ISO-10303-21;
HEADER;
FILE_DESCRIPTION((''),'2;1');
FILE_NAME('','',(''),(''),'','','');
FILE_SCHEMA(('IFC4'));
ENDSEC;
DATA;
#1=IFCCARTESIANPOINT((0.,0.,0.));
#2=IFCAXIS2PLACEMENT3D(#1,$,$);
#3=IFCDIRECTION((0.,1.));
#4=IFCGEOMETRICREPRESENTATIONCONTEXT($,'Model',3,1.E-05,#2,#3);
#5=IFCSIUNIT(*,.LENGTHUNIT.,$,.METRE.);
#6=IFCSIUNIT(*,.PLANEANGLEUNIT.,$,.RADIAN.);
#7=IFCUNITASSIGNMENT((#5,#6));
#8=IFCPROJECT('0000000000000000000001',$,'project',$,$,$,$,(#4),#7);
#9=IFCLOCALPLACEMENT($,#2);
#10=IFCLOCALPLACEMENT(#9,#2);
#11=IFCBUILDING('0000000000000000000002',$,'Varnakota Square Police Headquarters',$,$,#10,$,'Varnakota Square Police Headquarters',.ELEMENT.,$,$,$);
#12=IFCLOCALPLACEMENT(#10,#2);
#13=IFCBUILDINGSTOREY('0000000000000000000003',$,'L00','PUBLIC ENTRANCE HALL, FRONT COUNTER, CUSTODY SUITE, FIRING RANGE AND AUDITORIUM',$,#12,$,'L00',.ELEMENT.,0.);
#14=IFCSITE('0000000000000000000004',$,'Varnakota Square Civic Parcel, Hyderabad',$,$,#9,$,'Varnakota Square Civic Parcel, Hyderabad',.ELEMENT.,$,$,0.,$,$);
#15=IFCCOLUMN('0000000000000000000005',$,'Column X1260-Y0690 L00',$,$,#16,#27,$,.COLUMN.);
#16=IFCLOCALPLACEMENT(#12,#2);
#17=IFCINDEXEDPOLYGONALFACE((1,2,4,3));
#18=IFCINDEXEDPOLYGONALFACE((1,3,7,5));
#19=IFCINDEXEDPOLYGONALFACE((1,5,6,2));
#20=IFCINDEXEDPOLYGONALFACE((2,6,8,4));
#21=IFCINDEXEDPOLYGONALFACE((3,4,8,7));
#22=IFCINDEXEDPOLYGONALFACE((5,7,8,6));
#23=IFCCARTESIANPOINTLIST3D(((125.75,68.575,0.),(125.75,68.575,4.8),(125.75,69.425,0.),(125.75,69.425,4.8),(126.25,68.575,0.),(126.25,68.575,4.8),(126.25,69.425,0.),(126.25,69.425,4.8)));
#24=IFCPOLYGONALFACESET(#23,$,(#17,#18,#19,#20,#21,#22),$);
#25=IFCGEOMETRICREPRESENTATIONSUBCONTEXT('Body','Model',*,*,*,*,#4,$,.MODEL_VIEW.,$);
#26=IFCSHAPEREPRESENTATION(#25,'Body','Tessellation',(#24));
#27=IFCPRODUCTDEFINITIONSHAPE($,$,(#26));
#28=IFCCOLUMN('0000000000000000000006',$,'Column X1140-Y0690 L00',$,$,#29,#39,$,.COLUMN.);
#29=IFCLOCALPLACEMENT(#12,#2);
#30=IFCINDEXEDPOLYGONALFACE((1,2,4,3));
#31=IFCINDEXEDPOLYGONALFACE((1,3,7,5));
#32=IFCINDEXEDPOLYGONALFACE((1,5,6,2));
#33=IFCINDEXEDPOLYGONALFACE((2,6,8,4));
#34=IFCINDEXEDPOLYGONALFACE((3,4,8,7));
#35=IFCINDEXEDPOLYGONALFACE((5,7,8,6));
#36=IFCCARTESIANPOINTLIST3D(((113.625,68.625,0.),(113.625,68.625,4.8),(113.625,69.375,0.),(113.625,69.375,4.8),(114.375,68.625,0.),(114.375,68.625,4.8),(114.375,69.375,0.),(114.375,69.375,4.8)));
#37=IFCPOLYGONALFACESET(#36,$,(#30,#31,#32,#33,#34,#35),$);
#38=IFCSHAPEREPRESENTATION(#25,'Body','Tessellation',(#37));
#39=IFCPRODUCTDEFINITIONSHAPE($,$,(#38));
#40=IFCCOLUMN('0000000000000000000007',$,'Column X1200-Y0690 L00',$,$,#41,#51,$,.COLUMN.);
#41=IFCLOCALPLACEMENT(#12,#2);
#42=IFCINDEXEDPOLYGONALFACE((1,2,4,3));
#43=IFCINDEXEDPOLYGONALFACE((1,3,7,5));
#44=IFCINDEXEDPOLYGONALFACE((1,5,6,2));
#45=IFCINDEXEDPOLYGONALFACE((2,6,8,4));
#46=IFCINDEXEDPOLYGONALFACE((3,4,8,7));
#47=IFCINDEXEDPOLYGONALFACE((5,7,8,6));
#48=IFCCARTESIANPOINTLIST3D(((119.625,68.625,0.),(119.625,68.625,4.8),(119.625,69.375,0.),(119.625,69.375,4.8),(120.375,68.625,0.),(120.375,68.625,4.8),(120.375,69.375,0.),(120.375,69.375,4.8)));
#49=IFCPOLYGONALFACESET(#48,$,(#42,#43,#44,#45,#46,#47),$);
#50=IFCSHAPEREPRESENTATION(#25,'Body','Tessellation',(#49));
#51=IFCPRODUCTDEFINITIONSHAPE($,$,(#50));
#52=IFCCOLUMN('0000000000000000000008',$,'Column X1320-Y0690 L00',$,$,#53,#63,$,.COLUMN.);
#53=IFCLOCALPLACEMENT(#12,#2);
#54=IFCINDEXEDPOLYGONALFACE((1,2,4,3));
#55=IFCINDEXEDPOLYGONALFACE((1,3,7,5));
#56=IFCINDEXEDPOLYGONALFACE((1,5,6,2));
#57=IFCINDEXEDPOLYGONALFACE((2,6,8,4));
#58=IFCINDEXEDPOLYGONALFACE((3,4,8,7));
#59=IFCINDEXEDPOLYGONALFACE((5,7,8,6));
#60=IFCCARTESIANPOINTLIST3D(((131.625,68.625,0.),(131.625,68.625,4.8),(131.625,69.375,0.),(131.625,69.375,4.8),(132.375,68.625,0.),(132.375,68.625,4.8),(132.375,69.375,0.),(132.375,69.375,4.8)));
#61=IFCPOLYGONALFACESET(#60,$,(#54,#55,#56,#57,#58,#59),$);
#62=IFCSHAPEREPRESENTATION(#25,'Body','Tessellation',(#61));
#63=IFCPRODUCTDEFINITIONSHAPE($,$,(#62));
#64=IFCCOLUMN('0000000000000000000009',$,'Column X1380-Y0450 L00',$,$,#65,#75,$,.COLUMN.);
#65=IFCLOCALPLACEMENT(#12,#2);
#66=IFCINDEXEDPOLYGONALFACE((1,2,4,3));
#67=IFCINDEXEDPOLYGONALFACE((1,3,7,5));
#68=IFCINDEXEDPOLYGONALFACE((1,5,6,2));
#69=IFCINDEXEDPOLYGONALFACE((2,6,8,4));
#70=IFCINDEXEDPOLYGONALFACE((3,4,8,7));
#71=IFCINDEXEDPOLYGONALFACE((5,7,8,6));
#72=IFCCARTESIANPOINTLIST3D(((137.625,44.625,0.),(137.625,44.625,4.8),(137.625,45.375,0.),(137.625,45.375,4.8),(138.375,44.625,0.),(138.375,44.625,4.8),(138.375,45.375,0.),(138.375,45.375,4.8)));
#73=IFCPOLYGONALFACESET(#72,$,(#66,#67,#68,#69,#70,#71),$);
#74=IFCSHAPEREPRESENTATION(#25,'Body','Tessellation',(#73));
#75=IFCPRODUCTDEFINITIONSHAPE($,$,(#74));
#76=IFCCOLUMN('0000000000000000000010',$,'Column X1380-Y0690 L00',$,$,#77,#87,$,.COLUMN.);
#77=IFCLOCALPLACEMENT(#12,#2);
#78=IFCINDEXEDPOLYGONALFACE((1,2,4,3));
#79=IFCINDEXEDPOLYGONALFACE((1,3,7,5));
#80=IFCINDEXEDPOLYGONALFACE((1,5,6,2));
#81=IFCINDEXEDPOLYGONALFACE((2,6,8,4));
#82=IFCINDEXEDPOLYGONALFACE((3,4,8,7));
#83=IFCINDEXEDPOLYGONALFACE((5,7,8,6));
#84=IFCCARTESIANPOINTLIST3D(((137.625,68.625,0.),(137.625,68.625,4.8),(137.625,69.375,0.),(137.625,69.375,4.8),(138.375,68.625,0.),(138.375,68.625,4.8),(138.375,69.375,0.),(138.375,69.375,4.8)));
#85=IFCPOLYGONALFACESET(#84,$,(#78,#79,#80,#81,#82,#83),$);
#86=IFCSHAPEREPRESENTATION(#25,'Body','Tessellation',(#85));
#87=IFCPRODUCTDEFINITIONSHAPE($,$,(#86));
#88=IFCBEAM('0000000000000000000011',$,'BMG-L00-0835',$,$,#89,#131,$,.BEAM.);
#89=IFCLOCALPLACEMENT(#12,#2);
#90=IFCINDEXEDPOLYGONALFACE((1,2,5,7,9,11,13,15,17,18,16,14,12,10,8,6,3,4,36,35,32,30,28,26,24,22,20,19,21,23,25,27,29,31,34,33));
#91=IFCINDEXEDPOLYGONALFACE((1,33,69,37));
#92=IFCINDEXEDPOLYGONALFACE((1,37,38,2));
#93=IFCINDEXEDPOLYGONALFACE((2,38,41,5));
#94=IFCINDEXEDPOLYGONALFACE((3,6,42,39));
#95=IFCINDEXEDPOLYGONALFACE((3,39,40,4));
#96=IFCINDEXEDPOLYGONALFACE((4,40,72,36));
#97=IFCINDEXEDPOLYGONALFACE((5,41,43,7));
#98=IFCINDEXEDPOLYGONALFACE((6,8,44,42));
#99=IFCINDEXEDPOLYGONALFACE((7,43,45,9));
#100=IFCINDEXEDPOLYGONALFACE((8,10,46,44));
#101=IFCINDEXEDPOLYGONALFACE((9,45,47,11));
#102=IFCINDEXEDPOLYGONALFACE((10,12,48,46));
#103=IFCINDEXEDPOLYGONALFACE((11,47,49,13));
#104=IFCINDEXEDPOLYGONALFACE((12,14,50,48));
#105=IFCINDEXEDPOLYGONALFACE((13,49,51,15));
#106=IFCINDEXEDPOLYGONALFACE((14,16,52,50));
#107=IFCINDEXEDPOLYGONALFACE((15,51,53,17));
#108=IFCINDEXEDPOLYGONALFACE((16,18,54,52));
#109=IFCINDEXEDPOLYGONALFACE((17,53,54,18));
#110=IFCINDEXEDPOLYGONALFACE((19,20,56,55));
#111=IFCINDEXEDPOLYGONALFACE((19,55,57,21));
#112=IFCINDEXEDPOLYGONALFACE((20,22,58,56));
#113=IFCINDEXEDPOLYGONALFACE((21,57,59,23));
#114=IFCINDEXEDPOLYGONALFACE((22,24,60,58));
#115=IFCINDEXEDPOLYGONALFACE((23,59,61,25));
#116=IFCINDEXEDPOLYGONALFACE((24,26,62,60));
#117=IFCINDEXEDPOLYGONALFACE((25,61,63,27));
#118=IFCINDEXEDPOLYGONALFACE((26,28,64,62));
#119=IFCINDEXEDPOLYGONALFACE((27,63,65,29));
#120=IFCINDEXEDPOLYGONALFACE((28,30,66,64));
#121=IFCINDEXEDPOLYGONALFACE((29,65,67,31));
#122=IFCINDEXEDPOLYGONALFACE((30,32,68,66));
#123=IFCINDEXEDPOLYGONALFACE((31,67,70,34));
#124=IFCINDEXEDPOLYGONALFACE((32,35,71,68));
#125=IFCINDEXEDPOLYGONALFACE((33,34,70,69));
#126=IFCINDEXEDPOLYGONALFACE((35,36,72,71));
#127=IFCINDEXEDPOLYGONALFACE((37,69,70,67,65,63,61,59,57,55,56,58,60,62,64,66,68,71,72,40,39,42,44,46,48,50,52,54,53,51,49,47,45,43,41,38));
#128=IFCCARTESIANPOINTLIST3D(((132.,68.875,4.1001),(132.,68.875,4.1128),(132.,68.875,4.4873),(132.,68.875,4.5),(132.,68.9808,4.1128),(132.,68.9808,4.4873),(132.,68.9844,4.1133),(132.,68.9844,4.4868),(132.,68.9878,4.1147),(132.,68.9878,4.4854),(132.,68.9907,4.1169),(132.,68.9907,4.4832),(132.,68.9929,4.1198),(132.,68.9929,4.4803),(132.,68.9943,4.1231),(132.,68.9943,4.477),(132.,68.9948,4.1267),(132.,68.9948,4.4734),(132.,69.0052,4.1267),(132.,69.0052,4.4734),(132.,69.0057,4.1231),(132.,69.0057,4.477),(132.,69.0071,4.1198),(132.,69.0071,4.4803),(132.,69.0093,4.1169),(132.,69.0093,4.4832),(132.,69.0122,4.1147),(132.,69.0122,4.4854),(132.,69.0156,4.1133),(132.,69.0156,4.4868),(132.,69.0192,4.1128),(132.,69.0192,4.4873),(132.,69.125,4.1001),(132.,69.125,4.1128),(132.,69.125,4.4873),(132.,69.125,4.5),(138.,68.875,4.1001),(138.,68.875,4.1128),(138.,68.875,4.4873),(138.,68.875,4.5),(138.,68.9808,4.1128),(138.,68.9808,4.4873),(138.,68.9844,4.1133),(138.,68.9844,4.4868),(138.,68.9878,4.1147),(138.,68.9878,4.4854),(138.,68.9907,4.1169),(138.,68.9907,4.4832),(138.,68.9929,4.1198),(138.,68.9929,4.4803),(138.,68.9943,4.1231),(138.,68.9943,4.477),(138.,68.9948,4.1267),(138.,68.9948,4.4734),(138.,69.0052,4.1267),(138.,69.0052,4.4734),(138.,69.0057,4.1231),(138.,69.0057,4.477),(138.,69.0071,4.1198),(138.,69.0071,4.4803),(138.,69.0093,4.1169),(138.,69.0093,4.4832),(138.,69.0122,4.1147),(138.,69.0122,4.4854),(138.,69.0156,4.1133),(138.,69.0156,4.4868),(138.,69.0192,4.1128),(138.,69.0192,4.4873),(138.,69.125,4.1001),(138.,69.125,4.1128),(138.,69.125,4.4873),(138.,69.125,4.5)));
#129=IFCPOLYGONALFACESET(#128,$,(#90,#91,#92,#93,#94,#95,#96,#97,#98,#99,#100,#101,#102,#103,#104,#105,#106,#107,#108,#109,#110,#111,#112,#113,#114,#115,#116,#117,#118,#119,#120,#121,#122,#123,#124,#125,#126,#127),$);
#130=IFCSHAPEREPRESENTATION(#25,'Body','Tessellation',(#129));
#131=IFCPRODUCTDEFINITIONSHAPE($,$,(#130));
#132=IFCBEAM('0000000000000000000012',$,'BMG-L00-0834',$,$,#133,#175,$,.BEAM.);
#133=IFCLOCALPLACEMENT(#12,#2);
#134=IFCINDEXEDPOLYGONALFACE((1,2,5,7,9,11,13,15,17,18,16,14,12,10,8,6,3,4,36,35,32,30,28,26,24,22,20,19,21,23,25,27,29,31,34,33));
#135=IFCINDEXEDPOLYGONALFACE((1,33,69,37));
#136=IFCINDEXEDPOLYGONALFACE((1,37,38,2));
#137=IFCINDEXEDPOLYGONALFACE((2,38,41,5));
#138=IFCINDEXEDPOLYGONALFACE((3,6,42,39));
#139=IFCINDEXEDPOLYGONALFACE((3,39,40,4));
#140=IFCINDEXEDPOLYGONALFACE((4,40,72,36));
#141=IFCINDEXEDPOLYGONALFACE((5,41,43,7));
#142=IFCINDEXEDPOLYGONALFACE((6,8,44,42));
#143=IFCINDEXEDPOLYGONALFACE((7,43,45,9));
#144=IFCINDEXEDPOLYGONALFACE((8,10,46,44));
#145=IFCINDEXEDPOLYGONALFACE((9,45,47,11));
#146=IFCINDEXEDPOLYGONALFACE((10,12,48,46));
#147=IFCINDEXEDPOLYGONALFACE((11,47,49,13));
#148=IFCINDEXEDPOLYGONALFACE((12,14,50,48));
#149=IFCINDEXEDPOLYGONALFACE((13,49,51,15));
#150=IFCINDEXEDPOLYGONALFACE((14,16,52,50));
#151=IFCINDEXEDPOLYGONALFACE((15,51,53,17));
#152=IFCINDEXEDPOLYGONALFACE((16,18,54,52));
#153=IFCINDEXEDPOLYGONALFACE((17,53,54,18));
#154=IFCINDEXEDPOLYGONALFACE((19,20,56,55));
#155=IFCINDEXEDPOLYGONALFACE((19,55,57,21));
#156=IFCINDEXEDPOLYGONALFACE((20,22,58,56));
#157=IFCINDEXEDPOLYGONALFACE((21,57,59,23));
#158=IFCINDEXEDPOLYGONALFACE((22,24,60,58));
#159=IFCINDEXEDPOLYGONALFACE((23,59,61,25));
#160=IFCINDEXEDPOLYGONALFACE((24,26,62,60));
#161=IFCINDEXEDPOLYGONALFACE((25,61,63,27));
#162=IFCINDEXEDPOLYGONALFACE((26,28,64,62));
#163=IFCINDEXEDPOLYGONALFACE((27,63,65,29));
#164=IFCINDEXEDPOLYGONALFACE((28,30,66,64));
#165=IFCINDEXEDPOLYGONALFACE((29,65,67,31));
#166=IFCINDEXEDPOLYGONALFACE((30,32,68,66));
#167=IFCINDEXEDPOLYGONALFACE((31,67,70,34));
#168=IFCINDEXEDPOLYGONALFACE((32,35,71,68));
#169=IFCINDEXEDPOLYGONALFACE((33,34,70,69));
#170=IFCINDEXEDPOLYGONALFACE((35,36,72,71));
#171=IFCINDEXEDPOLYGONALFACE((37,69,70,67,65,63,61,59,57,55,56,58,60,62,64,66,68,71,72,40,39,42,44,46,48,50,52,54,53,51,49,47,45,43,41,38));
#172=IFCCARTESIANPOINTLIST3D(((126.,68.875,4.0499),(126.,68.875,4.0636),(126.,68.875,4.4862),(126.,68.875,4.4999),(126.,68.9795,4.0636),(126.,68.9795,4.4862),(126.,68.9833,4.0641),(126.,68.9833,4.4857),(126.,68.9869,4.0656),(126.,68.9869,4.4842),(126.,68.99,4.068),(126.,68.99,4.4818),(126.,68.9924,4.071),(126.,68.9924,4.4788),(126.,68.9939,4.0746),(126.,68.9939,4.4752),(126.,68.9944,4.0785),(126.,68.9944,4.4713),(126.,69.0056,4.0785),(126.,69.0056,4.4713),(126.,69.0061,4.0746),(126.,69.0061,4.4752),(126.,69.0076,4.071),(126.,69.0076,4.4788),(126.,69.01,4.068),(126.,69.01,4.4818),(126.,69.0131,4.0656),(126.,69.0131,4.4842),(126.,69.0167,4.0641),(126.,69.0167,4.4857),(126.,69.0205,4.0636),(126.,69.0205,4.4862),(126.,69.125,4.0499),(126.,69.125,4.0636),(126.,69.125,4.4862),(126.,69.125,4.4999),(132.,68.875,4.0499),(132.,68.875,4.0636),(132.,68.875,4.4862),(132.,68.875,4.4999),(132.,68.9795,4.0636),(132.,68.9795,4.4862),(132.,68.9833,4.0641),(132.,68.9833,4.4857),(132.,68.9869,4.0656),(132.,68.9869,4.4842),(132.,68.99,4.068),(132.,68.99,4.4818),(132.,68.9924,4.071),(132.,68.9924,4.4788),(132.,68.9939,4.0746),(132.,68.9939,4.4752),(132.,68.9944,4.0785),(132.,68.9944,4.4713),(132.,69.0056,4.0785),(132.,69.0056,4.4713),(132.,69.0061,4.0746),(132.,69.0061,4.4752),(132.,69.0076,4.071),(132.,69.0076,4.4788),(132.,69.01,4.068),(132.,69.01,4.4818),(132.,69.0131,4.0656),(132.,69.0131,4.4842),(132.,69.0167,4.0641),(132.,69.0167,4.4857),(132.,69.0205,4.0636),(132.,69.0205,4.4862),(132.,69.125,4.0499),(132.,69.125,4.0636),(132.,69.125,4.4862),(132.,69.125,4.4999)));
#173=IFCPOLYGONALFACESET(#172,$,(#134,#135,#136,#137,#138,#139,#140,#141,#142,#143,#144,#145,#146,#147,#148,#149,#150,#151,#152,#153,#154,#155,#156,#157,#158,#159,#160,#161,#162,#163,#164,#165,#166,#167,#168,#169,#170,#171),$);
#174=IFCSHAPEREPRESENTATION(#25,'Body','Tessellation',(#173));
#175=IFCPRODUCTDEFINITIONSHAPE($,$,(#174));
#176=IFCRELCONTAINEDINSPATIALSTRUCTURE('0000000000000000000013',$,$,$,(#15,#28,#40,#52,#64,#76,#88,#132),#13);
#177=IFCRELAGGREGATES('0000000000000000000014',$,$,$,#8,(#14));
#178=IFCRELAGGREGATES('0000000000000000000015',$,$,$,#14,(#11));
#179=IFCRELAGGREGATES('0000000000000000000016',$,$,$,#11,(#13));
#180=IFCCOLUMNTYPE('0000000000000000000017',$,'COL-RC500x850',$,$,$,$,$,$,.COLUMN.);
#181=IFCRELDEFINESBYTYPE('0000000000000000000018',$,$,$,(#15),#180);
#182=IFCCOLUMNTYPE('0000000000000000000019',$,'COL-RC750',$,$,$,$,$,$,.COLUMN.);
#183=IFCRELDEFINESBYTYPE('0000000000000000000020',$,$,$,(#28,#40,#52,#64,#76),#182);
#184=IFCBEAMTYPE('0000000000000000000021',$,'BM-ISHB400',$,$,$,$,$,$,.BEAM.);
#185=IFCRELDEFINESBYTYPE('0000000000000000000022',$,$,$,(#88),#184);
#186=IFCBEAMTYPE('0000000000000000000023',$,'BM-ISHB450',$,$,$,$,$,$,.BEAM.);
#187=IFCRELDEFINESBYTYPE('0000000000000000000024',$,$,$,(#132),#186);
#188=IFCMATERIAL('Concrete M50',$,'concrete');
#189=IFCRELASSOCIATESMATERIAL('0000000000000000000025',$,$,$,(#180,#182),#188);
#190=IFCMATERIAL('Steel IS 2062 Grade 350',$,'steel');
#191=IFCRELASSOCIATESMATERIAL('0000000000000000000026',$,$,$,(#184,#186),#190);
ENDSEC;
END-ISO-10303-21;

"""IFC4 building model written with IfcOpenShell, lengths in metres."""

from ifc_helpers import new_model, si_unit, direction, frame, origin, origin_2d, place, context, subcontext, project, spatial, rectangle, i_section, extrude, material, material_profile, profile_set, type_object, element, save


model = new_model("IFC4")

# Units and contexts
model_context = context("Model", 3, precision=1e-05, world=origin(), true_north=direction((0.0, 1.0)))
body_context = subcontext(model_context, "Body", "Model", "MODEL_VIEW")
ifc_project = project(units=[si_unit("LENGTHUNIT", "METRE"), si_unit("PLANEANGLEUNIT", "RADIAN")], contexts=[model_context])

# Site, building, storey
site_placement = place(None, origin())
site = spatial("IfcSite", under=ifc_project, at=site_placement, Name="Varnakota Square Civic Parcel, Hyderabad", LongName="Varnakota Square Civic Parcel, Hyderabad", CompositionType="ELEMENT", RefElevation=0.0)
building_placement = place(site_placement, origin())
building = spatial("IfcBuilding", under=site, at=building_placement, Name="Varnakota Square Police Headquarters", LongName="Varnakota Square Police Headquarters", CompositionType="ELEMENT")
storey_placement = place(building_placement, origin())
storey = spatial("IfcBuildingStorey", under=building, at=storey_placement, Name="L00", Description="PUBLIC ENTRANCE HALL, FRONT COUNTER, CUSTODY SUITE, FIRING RANGE AND AUDITORIUM", LongName="L00", CompositionType="ELEMENT", Elevation=0.0)

# Columns
ifc_material_1 = material(Name="Concrete M50", Category="concrete")
ifc_material_profile_1 = material_profile(ifc_material_1, rectangle(XDim=0.5, YDim=0.8501, at=origin_2d()), Name="RC 500x850")
ifc_profile_set_1 = profile_set([ifc_material_profile_1], Name="Concrete M50")
column_type_1 = type_object("IfcColumnType", Name="COL-RC500x850", PredefinedType="COLUMN", material=ifc_profile_set_1)
column_placement = place(storey_placement, frame((126.0, 69.0, 0.0), z_axis=(0.0, 0.0, 1.0), x_axis=(1.0, 0.0, 0.0)))
element("IfcColumn", 1, at=column_placement, inside=storey, type_object=column_type_1, Name="Column X1260-Y0690 L00", PredefinedType="COLUMN", context=body_context, shape_type="SweptSolid", body=[
    extrude(rectangle(XDim=0.5, YDim=0.8501, at=origin_2d()), origin(), (0.0, 0.0, 1.0), 4.8),
])
ifc_material_profile_2 = material_profile(ifc_material_1, rectangle(XDim=0.75, YDim=0.75, at=origin_2d()), Name="RC 750x750")
ifc_profile_set_2 = profile_set([ifc_material_profile_2], Name="Concrete M50")
column_type_2 = type_object("IfcColumnType", Name="COL-RC750", PredefinedType="COLUMN", material=ifc_profile_set_2)
for number, where, z_axis, x_axis, name in (
    (2, (114.0, 69.0, 0.0), (0.0, 0.0, 1.0), (1.0, 0.0, 0.0), "Column X1140-Y0690 L00"),
    (3, (120.0, 69.0, 0.0), (0.0, 0.0, 1.0), (1.0, 0.0, 0.0), "Column X1200-Y0690 L00"),
    (4, (132.0, 69.0, 0.0), (0.0, 0.0, 1.0), (1.0, 0.0, 0.0), "Column X1320-Y0690 L00"),
    (5, (138.0, 45.0, 0.0), (0.0, 0.0, 1.0), (1.0, 0.0, 0.0), "Column X1380-Y0450 L00"),
    (6, (138.0, 69.0, 0.0), (0.0, 0.0, 1.0), (1.0, 0.0, 0.0), "Column X1380-Y0690 L00"),
):
    element("IfcColumn", number, at=place(storey_placement, frame(where, z_axis=z_axis, x_axis=x_axis)), inside=storey, type_object=column_type_2, Name=name, PredefinedType="COLUMN", context=body_context, shape_type="SweptSolid", body=[
        extrude(rectangle(XDim=0.75, YDim=0.75, at=origin_2d()), origin(), (0.0, 0.0, 1.0), 4.8),
    ])

# Beams
ifc_material_2 = material(Name="Steel IS 2062 Grade 350", Category="steel")
ifc_material_profile_3 = material_profile(ifc_material_2, i_section(OverallWidth=0.25, OverallDepth=0.3999, WebThickness=0.0105, FlangeThickness=0.0127, FilletRadius=0.0139, at=origin_2d()), Name="ISHB 400")
ifc_profile_set_3 = profile_set([ifc_material_profile_3], Name="Steel IS 2062 Grade 350")
beam_type_1 = type_object("IfcBeamType", Name="BM-ISHB400", PredefinedType="BEAM", material=ifc_profile_set_3)
beam_1_placement = place(storey_placement, frame((132.0, 69.0, 4.3), z_axis=(1.0, 0.0, 0.0), x_axis=(0.0, 1.0, 0.0)))
element("IfcBeam", 7, at=beam_1_placement, inside=storey, type_object=beam_type_1, Name="BMG-L00-0835", PredefinedType="BEAM", context=body_context, shape_type="SweptSolid", body=[
    extrude(i_section(OverallWidth=0.25, OverallDepth=0.3999, WebThickness=0.0105, FlangeThickness=0.0127, FilletRadius=0.0139, at=origin_2d()), origin(), (0.0, 0.0, 1.0), 6.0),
])
ifc_material_profile_4 = material_profile(ifc_material_2, i_section(OverallWidth=0.25, OverallDepth=0.45, WebThickness=0.0112, FlangeThickness=0.0137, FilletRadius=0.0149, at=origin_2d()), Name="ISHB 450")
ifc_profile_set_4 = profile_set([ifc_material_profile_4], Name="Steel IS 2062 Grade 350")
beam_type_2 = type_object("IfcBeamType", Name="BM-ISHB450", PredefinedType="BEAM", material=ifc_profile_set_4)
beam_2_placement = place(storey_placement, frame((126.0, 69.0, 4.2749), z_axis=(1.0, 0.0, 0.0), x_axis=(0.0, 1.0, 0.0)))
element("IfcBeam", 8, at=beam_2_placement, inside=storey, type_object=beam_type_2, Name="BMG-L00-0834", PredefinedType="BEAM", context=body_context, shape_type="SweptSolid", body=[
    extrude(i_section(OverallWidth=0.25, OverallDepth=0.45, WebThickness=0.0112, FlangeThickness=0.0137, FilletRadius=0.0149, at=origin_2d()), origin(), (0.0, 0.0, 1.0), 6.0),
])

save(model, "model.ifc")
